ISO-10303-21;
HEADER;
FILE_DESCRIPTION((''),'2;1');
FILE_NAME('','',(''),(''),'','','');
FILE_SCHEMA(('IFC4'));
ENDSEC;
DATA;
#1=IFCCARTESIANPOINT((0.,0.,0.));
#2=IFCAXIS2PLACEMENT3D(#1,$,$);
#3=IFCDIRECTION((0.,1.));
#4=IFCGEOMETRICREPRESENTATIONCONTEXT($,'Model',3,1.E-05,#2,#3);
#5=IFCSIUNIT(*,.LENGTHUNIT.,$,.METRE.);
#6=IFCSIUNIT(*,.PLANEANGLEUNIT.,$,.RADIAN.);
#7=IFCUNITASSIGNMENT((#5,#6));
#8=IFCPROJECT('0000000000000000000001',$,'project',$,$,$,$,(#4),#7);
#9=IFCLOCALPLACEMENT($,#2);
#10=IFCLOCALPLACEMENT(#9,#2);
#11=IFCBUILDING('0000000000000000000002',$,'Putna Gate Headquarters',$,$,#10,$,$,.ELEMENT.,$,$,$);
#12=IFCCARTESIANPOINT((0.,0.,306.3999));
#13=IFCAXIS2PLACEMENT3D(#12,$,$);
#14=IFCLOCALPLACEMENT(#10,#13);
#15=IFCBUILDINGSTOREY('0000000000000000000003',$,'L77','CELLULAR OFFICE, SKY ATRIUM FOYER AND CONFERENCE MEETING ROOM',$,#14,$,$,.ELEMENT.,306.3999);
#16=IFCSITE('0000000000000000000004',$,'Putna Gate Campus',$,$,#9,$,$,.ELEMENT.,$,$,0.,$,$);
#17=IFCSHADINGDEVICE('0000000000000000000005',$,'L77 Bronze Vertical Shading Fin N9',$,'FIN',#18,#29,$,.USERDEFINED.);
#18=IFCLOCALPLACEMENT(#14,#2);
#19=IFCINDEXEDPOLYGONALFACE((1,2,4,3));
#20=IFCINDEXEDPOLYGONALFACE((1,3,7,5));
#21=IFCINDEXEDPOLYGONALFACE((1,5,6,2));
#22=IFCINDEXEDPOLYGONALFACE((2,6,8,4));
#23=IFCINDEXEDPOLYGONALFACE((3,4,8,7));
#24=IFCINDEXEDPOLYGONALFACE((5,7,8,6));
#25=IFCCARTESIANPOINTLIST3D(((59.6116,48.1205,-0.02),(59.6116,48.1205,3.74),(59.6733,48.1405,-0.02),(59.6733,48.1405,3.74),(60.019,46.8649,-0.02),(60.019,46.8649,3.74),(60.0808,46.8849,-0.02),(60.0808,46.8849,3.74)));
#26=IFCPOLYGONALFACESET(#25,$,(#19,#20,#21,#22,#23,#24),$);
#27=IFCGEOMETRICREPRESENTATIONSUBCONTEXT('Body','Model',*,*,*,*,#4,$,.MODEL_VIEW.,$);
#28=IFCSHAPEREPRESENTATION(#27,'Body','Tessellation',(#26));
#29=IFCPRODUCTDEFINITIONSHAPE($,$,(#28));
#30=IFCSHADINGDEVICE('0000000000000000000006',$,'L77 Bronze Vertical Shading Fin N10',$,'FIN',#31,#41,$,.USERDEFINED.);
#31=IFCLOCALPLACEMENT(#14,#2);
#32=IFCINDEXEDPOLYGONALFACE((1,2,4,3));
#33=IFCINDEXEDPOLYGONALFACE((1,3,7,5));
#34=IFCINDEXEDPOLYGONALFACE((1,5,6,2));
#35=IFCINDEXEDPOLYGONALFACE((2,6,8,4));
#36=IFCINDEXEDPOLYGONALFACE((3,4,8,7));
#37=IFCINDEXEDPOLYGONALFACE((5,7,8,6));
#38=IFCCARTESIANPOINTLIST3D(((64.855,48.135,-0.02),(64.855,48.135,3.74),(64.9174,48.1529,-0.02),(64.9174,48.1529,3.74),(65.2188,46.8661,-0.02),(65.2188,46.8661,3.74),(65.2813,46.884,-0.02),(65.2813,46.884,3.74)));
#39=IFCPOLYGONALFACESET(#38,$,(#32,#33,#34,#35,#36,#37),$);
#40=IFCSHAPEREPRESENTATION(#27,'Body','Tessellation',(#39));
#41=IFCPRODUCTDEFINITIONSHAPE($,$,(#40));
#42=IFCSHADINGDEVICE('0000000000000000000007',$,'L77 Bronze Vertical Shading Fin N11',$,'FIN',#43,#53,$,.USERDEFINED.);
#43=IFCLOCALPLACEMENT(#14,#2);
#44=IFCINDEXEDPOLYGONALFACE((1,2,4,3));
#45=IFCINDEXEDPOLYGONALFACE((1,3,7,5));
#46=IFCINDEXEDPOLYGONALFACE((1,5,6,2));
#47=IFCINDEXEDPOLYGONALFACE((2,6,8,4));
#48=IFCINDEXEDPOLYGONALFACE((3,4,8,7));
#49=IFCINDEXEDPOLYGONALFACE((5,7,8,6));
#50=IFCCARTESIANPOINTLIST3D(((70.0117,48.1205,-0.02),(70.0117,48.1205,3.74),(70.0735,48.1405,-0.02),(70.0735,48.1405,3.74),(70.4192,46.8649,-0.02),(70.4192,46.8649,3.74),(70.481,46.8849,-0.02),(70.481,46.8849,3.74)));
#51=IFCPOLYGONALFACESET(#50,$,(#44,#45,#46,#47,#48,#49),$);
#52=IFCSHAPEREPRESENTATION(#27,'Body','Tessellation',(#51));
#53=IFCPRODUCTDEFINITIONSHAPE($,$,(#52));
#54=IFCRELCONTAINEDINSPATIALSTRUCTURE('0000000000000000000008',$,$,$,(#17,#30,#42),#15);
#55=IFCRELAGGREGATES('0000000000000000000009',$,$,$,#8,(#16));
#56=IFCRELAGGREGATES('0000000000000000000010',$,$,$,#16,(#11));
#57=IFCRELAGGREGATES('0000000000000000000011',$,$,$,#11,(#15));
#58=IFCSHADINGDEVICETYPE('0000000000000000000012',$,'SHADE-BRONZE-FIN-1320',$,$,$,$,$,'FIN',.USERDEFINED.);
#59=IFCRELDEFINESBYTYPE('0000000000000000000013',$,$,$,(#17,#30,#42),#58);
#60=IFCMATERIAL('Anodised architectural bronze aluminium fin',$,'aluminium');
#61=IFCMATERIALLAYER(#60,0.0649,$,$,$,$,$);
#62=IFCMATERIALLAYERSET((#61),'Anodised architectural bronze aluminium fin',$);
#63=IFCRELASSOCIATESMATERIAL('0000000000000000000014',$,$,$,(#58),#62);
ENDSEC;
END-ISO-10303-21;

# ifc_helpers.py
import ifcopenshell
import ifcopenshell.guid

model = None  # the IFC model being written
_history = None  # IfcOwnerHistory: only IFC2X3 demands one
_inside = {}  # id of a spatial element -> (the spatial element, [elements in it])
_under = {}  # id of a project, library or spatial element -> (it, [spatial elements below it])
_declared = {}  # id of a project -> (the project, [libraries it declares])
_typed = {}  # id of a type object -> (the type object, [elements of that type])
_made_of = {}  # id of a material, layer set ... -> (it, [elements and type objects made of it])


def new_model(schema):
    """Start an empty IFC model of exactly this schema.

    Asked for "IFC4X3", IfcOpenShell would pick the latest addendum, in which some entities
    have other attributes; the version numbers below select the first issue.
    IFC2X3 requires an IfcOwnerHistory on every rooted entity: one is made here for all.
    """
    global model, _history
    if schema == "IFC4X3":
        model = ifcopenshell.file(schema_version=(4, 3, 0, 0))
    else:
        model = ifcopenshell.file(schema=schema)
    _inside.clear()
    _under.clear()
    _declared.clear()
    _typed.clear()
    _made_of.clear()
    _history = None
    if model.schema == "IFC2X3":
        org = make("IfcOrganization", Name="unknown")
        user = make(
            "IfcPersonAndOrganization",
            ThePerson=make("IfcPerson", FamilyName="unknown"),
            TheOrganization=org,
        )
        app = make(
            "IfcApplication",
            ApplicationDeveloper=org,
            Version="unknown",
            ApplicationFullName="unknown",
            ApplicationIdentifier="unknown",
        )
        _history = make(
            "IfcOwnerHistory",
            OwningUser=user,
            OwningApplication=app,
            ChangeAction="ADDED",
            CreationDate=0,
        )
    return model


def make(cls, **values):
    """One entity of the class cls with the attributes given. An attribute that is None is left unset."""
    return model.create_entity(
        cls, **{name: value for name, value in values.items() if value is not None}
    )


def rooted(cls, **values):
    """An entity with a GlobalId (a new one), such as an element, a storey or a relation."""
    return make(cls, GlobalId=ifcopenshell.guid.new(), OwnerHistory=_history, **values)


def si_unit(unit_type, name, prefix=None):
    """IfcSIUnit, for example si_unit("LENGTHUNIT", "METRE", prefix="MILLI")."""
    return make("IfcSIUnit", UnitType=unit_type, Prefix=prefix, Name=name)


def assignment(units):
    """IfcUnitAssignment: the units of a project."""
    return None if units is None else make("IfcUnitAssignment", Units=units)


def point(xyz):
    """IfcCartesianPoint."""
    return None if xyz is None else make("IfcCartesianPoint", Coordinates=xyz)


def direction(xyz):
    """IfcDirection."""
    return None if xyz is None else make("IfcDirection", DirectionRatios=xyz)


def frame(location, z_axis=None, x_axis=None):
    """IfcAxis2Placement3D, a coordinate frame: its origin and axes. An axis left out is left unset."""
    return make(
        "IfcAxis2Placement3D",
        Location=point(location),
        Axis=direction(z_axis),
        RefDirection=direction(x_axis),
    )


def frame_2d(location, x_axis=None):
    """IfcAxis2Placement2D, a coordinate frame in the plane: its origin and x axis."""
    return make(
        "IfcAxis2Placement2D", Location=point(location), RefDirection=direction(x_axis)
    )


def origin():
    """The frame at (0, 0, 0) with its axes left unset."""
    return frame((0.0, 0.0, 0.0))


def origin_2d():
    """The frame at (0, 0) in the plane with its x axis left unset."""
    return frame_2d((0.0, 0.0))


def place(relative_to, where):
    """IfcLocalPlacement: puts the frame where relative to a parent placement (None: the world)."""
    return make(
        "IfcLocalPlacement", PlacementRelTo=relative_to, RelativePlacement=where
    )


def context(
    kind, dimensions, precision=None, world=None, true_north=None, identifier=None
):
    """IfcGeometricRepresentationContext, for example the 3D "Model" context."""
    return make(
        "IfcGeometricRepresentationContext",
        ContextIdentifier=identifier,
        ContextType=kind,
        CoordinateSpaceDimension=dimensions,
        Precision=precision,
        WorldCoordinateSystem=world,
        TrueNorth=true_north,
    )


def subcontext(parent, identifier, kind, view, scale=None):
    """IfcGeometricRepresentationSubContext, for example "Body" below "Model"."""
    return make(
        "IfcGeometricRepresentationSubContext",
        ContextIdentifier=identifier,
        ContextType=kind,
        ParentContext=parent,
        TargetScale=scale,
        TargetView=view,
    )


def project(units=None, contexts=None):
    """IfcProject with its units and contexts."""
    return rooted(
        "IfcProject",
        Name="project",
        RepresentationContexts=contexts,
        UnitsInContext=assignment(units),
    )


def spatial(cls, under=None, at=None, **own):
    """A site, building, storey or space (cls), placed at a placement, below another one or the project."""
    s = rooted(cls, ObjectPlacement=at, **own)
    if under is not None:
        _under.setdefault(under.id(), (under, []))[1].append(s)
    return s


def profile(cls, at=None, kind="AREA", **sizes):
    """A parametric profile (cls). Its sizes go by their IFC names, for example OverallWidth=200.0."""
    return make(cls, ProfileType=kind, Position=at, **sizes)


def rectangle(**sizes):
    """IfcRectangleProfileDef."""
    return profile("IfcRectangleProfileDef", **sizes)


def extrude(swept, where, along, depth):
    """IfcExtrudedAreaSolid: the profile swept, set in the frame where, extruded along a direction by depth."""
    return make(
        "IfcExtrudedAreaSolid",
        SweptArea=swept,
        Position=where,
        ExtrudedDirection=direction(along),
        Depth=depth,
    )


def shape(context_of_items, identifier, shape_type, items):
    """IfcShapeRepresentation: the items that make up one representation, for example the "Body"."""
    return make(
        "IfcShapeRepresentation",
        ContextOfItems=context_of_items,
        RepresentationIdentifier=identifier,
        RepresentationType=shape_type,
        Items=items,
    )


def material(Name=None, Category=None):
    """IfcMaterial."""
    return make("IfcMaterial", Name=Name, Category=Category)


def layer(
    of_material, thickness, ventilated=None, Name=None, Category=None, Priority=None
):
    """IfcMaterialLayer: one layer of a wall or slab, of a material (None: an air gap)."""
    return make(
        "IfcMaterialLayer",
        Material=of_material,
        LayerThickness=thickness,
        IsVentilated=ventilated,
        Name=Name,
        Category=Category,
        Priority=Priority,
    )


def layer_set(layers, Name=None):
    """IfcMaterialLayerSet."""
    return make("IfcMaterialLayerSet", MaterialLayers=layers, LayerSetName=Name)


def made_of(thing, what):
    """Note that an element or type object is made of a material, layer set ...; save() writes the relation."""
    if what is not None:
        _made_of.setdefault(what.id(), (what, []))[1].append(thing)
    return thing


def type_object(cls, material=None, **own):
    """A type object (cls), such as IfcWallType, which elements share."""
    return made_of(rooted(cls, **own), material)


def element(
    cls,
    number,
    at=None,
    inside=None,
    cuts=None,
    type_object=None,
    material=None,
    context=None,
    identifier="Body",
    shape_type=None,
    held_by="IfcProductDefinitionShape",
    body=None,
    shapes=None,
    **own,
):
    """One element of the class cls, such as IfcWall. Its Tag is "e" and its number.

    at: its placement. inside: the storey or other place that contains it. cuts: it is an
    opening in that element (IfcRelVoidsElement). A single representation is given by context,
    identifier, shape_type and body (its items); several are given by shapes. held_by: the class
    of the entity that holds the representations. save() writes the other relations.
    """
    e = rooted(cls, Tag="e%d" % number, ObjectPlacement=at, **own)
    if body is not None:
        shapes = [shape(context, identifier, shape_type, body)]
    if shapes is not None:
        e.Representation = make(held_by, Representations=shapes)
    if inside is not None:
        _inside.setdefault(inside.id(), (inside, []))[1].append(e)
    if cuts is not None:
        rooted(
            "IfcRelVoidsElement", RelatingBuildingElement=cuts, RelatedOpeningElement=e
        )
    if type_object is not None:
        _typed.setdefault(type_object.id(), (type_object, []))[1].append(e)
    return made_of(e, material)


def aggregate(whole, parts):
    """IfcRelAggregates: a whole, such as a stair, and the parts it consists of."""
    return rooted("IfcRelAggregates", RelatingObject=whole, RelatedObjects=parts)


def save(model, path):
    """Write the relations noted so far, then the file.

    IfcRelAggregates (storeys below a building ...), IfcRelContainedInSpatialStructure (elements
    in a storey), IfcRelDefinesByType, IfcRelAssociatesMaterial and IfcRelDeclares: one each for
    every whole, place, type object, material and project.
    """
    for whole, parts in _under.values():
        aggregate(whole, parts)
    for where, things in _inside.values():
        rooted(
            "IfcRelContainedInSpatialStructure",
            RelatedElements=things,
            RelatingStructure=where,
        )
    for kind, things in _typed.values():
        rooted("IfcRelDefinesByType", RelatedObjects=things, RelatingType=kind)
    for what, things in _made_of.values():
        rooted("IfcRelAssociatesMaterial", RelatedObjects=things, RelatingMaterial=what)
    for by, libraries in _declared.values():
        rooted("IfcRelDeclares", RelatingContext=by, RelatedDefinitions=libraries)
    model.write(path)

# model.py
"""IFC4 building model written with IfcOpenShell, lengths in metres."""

from ifc_helpers import new_model, si_unit, direction, frame, origin, origin_2d, place, context, subcontext, project, spatial, rectangle, extrude, material, layer, layer_set, type_object, element, save


model = new_model("IFC4")

# Units and contexts
model_context = context("Model", 3, precision=1e-05, world=origin(), true_north=direction((0.0, 1.0)))
body_context = subcontext(model_context, "Body", "Model", "MODEL_VIEW")
ifc_project = project(units=[si_unit("LENGTHUNIT", "METRE"), si_unit("PLANEANGLEUNIT", "RADIAN")], contexts=[model_context])

# Site, building, storey
site_placement = place(None, origin())
site = spatial("IfcSite", under=ifc_project, at=site_placement, Name="Putna Gate Campus", CompositionType="ELEMENT", RefElevation=0.0)
building_placement = place(site_placement, origin())
building = spatial("IfcBuilding", under=site, at=building_placement, Name="Putna Gate Headquarters", CompositionType="ELEMENT")
storey_placement = place(building_placement, frame((0.0, 0.0, 306.3999)))
storey = spatial("IfcBuildingStorey", under=building, at=storey_placement, Name="L77", Description="CELLULAR OFFICE, SKY ATRIUM FOYER AND CONFERENCE MEETING ROOM", CompositionType="ELEMENT", Elevation=306.3999)

# Shading devices
ifc_material_1 = material(Name="Anodised architectural bronze aluminium fin", Category="aluminium")
ifc_layer_1 = layer(ifc_material_1, 0.0649)
ifc_layer_set_1 = layer_set([ifc_layer_1], Name="Anodised architectural bronze aluminium fin")
shading_device_type = type_object("IfcShadingDeviceType", Name="SHADE-BRONZE-FIN-1320", ElementType="FIN", PredefinedType="USERDEFINED", material=ifc_layer_set_1)
for number, where, z_axis, x_axis, name in (
    (1, (59.8462, 47.5027, -0.02), (0.0, 0.0, 1.0), (-0.308685, 0.951164, 0.0), "L77 Bronze Vertical Shading Fin N9"),
    (2, (65.0681, 47.5095, -0.02), (0.0, 0.0, 1.0), (-0.275637, 0.961262, 0.0), "L77 Bronze Vertical Shading Fin N10"),
    (3, (70.2463, 47.5027, -0.02), (0.0, 0.0, 1.0), (-0.308685, 0.951164, 0.0), "L77 Bronze Vertical Shading Fin N11"),
):
    element("IfcShadingDevice", number, at=place(storey_placement, frame(where, z_axis=z_axis, x_axis=x_axis)), inside=storey, type_object=shading_device_type, Name=name, ObjectType="FIN", PredefinedType="USERDEFINED", context=body_context, shape_type="SweptSolid", body=[
        extrude(rectangle(XDim=1.3201, YDim=0.0649, at=origin_2d()), origin(), (0.0, 0.0, 1.0), 3.76),
    ])

save(model, "model.ifc")
